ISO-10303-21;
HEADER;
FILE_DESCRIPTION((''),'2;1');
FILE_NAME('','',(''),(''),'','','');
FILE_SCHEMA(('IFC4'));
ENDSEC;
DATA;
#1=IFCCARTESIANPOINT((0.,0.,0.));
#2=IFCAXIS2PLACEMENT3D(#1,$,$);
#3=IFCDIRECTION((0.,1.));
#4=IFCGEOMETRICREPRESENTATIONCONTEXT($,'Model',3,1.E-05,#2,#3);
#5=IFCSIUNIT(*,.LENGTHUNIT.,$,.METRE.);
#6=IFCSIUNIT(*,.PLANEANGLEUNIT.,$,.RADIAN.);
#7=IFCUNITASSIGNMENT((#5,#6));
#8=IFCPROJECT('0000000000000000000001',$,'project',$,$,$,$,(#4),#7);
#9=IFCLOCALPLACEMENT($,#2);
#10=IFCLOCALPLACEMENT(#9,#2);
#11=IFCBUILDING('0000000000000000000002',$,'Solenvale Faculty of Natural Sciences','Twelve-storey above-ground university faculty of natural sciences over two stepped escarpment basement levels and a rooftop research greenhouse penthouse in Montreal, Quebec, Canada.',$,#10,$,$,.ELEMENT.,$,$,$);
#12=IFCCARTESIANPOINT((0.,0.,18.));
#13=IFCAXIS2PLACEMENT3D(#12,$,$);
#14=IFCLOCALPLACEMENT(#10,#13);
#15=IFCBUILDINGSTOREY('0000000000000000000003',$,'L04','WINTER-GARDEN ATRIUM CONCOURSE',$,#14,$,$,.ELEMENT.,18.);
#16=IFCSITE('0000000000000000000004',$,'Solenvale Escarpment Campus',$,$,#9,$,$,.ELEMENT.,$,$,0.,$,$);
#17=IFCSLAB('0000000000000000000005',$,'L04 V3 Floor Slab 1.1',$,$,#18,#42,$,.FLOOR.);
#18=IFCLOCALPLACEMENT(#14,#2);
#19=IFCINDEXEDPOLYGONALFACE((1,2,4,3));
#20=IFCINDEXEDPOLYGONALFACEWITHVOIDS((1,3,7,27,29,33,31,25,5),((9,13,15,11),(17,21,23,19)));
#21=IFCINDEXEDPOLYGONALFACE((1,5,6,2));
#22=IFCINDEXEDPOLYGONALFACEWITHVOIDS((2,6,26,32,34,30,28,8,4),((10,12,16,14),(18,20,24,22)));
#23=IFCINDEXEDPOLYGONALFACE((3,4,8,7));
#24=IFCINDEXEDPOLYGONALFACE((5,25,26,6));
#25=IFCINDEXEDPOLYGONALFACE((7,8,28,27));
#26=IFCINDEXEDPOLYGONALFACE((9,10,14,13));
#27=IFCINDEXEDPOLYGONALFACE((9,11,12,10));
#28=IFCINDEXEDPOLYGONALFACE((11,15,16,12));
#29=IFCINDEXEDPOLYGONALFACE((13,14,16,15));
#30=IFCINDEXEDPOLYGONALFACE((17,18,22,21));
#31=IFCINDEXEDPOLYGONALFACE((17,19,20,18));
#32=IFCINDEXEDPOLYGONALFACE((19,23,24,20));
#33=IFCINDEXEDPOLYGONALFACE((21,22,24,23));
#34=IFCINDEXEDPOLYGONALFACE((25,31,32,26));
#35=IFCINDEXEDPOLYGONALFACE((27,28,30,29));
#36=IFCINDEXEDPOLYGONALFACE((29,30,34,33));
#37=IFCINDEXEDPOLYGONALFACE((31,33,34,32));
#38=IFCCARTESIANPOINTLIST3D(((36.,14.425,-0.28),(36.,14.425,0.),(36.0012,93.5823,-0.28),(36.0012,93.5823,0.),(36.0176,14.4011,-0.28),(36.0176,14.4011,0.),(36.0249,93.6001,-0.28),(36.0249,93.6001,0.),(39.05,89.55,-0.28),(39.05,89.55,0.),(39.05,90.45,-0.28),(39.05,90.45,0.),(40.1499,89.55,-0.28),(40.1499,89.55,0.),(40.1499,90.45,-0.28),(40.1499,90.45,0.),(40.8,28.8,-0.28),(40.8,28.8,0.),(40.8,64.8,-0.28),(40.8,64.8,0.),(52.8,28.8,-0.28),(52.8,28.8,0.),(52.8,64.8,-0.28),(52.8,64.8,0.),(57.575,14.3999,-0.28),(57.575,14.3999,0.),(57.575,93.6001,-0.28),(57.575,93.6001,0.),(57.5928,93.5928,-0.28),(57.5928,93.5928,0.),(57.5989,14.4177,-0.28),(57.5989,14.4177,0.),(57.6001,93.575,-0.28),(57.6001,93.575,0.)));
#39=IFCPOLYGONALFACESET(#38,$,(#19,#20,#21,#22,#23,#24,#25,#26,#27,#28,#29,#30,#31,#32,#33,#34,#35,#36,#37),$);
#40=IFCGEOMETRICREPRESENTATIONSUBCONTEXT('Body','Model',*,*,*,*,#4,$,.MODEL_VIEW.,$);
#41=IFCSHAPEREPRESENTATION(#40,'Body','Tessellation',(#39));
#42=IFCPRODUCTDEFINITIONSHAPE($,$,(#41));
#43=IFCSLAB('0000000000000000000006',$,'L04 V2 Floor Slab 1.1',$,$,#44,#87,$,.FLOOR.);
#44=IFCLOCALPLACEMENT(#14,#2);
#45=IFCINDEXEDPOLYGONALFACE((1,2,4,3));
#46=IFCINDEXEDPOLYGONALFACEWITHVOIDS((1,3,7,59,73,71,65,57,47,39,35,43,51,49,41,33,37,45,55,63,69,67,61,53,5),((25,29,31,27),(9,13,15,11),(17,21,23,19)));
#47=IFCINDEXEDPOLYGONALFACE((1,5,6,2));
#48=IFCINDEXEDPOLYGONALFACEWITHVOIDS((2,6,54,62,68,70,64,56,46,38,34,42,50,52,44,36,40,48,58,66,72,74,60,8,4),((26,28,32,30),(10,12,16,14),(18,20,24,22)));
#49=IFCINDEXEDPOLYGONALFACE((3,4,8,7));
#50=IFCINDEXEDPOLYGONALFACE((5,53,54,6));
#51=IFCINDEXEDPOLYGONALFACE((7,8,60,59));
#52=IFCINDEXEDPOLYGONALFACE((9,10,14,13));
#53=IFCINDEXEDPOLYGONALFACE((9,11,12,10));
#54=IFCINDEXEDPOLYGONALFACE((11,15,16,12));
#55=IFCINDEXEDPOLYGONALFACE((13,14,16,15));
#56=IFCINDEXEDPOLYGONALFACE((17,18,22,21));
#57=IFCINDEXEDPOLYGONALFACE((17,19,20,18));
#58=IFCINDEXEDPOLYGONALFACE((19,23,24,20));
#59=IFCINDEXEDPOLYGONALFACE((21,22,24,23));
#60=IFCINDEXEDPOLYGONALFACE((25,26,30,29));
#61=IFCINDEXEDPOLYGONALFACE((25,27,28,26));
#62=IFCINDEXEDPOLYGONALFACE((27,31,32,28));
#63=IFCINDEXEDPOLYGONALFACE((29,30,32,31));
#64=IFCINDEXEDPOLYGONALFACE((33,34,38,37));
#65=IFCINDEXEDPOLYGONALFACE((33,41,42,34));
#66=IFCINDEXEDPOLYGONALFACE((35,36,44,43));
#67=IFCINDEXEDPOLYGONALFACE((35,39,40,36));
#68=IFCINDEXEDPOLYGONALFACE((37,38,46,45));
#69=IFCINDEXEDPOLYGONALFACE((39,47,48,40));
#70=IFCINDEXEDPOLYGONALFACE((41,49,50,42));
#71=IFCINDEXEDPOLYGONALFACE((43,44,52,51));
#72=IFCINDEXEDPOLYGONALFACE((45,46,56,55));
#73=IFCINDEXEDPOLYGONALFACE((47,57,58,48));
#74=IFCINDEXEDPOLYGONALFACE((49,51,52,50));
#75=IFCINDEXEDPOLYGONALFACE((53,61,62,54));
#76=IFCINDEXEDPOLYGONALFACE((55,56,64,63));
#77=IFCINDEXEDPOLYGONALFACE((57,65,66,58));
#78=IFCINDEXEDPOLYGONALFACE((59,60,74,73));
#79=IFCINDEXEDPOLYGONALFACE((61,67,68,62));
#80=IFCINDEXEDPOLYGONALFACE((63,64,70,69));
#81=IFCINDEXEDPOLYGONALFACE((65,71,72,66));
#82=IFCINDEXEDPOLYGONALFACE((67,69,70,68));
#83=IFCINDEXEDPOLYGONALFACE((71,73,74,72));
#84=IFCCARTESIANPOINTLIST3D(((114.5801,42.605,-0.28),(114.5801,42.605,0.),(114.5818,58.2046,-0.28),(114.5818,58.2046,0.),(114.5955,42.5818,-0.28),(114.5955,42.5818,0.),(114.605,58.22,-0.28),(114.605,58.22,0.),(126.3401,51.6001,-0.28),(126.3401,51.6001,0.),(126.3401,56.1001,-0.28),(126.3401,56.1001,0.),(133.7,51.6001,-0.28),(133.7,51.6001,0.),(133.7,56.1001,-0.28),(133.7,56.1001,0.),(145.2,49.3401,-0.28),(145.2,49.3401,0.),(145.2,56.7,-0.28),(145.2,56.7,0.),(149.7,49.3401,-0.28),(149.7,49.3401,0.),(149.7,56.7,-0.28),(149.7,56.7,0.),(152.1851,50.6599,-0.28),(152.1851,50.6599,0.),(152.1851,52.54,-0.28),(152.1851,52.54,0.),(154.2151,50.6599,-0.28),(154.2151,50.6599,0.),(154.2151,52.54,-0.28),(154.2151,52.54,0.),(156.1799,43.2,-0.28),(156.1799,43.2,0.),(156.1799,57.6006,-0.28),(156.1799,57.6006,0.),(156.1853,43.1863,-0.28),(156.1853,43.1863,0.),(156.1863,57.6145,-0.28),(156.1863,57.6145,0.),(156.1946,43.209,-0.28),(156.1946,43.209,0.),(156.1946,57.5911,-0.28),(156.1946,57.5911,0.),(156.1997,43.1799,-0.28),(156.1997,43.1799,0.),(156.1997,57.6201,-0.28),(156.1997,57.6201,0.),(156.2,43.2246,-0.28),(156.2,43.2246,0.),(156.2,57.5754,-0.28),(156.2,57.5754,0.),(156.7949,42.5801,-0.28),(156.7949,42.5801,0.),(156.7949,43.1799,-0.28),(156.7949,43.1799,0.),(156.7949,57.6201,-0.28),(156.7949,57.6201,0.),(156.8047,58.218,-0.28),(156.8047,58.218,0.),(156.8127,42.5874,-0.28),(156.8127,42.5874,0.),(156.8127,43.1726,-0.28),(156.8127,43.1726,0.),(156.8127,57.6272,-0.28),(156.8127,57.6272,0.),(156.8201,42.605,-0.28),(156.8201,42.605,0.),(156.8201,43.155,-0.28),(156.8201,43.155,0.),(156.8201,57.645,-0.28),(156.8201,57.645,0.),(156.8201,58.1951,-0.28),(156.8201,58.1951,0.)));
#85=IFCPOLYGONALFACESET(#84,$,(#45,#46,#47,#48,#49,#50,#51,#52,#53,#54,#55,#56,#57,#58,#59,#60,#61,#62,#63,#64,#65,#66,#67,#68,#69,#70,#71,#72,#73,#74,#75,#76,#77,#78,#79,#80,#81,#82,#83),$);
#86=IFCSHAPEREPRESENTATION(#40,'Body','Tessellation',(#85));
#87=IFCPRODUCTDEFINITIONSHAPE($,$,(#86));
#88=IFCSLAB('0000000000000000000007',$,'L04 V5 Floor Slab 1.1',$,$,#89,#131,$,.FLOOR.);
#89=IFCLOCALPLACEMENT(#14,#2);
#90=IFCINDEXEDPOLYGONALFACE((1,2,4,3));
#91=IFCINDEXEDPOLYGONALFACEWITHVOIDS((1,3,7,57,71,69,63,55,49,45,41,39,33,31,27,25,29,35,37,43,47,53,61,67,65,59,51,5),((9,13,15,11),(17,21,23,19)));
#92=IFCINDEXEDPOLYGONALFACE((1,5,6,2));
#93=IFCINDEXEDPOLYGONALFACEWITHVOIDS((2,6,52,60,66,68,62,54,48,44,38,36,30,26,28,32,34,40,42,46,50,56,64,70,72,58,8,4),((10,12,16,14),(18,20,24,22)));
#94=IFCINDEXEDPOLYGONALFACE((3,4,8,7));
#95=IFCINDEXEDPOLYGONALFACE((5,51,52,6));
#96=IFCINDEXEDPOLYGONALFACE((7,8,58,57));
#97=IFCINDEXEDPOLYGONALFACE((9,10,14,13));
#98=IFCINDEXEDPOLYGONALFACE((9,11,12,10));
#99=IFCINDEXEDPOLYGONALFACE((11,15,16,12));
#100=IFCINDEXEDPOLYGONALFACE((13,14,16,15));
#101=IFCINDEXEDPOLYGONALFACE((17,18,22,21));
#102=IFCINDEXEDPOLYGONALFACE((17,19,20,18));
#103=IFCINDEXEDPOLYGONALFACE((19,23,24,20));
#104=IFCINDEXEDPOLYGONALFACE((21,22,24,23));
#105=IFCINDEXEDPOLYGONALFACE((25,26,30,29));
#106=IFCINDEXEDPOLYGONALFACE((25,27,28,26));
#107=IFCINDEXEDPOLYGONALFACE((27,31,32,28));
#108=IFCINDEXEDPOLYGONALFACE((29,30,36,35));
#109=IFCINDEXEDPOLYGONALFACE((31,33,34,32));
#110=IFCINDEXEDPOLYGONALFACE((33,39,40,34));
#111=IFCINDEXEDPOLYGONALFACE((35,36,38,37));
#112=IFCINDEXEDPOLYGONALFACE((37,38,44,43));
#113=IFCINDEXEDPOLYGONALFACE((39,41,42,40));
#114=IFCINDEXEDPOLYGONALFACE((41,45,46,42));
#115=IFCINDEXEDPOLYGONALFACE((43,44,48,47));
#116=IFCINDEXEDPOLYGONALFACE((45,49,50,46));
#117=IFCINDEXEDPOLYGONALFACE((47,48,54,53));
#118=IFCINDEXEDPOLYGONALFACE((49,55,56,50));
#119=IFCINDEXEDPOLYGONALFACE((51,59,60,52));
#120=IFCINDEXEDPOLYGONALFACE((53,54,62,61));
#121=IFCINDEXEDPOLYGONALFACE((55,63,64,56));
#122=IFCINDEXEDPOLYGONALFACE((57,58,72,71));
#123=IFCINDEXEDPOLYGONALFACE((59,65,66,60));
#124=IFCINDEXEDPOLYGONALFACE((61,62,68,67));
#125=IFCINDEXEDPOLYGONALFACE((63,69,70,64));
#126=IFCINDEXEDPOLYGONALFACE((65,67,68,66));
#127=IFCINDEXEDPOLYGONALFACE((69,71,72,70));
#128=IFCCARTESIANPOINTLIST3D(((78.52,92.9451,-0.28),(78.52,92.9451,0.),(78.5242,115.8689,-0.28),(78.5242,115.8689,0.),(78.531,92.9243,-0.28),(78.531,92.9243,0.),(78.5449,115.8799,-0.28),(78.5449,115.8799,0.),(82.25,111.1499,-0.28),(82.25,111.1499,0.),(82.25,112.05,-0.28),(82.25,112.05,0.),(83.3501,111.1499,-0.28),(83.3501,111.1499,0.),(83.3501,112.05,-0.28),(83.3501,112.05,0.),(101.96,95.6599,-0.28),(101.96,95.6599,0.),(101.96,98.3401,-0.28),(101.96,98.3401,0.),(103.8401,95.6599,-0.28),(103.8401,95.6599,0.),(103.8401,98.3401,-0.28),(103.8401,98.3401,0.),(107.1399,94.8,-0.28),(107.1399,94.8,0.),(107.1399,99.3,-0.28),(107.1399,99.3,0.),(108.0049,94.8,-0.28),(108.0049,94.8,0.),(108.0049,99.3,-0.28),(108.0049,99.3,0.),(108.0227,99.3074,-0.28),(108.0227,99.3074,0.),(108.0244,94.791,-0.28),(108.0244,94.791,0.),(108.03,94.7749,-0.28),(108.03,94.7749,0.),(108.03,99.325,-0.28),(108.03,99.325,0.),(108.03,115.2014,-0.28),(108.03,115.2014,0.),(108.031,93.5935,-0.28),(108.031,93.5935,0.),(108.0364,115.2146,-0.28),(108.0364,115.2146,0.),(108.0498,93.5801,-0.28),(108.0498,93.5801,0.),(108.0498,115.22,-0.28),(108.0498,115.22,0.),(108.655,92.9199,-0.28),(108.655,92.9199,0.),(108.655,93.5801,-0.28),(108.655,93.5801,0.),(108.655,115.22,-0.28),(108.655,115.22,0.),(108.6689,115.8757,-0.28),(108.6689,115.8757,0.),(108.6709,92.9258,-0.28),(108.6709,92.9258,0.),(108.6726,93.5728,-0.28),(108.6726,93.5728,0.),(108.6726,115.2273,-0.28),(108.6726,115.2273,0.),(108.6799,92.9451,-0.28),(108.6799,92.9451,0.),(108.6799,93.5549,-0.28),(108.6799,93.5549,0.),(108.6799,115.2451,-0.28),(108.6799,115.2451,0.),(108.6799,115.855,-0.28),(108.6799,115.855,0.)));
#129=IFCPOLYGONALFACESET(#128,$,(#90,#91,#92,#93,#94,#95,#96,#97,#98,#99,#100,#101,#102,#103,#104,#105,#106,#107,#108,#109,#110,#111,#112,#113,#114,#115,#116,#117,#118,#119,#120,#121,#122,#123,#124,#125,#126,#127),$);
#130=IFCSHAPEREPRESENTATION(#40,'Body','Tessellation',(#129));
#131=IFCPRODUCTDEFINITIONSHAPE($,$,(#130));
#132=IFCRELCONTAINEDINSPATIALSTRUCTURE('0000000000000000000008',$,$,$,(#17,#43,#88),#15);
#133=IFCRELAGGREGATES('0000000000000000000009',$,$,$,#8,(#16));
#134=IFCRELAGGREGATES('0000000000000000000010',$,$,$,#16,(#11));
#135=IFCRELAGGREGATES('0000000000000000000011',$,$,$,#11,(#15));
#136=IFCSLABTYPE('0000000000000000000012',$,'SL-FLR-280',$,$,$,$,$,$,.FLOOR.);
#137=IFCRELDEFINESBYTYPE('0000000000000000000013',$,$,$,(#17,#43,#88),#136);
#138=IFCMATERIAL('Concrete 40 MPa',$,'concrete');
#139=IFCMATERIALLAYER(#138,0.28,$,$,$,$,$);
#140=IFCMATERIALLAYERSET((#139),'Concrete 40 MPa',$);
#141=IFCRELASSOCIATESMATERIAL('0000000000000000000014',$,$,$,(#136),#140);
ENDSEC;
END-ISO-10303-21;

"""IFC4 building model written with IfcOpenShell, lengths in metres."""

from ifc_helpers import new_model, si_unit, direction, frame, origin, place, context, subcontext, project, spatial, polyline, outline, extrude, material, layer, layer_set, type_object, element, save


model = new_model("IFC4")

# Units and contexts
model_context = context("Model", 3, precision=1e-05, world=origin(), true_north=direction((0.0, 1.0)))
body_context = subcontext(model_context, "Body", "Model", "MODEL_VIEW")
ifc_project = project(units=[si_unit("LENGTHUNIT", "METRE"), si_unit("PLANEANGLEUNIT", "RADIAN")], contexts=[model_context])

# Site, building, storey
site_placement = place(None, origin())
site = spatial("IfcSite", under=ifc_project, at=site_placement, Name="Solenvale Escarpment Campus", CompositionType="ELEMENT", RefElevation=0.0)
building_placement = place(site_placement, origin())
building = spatial("IfcBuilding", under=site, at=building_placement, Name="Solenvale Faculty of Natural Sciences", Description="Twelve-storey above-ground university faculty of natural sciences over two stepped escarpment basement levels and a rooftop research greenhouse penthouse in Montreal, Quebec, Canada.", CompositionType="ELEMENT")
storey_placement = place(building_placement, frame((0.0, 0.0, 18.0)))
storey = spatial("IfcBuildingStorey", under=building, at=storey_placement, Name="L04", Description="WINTER-GARDEN ATRIUM CONCOURSE", CompositionType="ELEMENT", Elevation=18.0)

# Slabs
ifc_material_1 = material(Name="Concrete 40 MPa", Category="concrete")
ifc_layer_1 = layer(ifc_material_1, 0.28)
ifc_layer_set_1 = layer_set([ifc_layer_1], Name="Concrete 40 MPa")
slab_type_1 = type_object("IfcSlabType", Name="SL-FLR-280", PredefinedType="FLOOR", material=ifc_layer_set_1)
slab_1_placement = place(storey_placement, frame((0.0, 0.0, -0.28)))
element("IfcSlab", 1, at=slab_1_placement, inside=storey, type_object=slab_type_1, Name="L04 V3 Floor Slab 1.1", PredefinedType="FLOOR", context=body_context, shape_type="SweptSolid", body=[
    extrude(outline(polyline([(57.575, 93.6001), (57.5928, 93.5928), (57.6001, 93.575), (57.5989, 14.4177), (57.575, 14.3999), (36.0176, 14.4011), (36.0, 14.425), (36.0012, 93.5823), (36.0249, 93.6001), (57.575, 93.6001)]), holes=[polyline([(40.8, 28.8), (52.8, 28.8), (52.8, 64.8), (40.8, 64.8), (40.8, 28.8)]), polyline([(39.05, 89.55), (40.1499, 89.55), (40.1499, 90.45), (39.05, 90.45), (39.05, 89.55)])]), origin(), (0.0, 0.0, 1.0), 0.28),
])
slab_2_placement = place(storey_placement, frame((0.0, 0.0, -0.28)))
element("IfcSlab", 2, at=slab_2_placement, inside=storey, type_object=slab_type_1, Name="L04 V2 Floor Slab 1.1", PredefinedType="FLOOR", context=body_context, shape_type="SweptSolid", body=[
    extrude(outline(polyline([(156.1799, 43.2), (156.1853, 43.1863), (156.1997, 43.1799), (156.7949, 43.1799), (156.8127, 43.1726), (156.8201, 43.155), (156.8201, 42.605), (156.8127, 42.5874), (156.7949, 42.5801), (114.5955, 42.5818), (114.5801, 42.605), (114.5818, 58.2046), (114.605, 58.22), (156.8047, 58.218), (156.8201, 58.1951), (156.8201, 57.645), (156.8127, 57.6272), (156.7949, 57.6201), (156.1997, 57.6201), (156.1863, 57.6145), (156.1799, 57.6006), (156.1946, 57.5911), (156.2, 57.5754), (156.2, 43.2246), (156.1946, 43.209), (156.1799, 43.2)]), holes=[polyline([(152.1851, 50.6599), (154.2151, 50.6599), (154.2151, 52.54), (152.1851, 52.54), (152.1851, 50.6599)]), polyline([(145.2, 49.3401), (149.7, 49.3401), (149.7, 56.7), (145.2, 56.7), (145.2, 49.3401)]), polyline([(126.3401, 51.6001), (133.7, 51.6001), (133.7, 56.1001), (126.3401, 56.1001), (126.3401, 51.6001)])]), origin(), (0.0, 0.0, 1.0), 0.28),
])
slab_3_placement = place(storey_placement, frame((0.0, 0.0, -0.28)))
element("IfcSlab", 3, at=slab_3_placement, inside=storey, type_object=slab_type_1, Name="L04 V5 Floor Slab 1.1", PredefinedType="FLOOR", context=body_context, shape_type="SweptSolid", body=[
    extrude(outline(polyline([(107.1399, 94.8), (108.0049, 94.8), (108.0244, 94.791), (108.03, 94.7749), (108.031, 93.5935), (108.0498, 93.5801), (108.655, 93.5801), (108.6726, 93.5728), (108.6799, 93.5549), (108.6799, 92.9451), (108.6709, 92.9258), (108.655, 92.9199), (78.531, 92.9243), (78.52, 92.9451), (78.5242, 115.8689), (78.5449, 115.8799), (108.6689, 115.8757), (108.6799, 115.855), (108.6799, 115.2451), (108.6726, 115.2273), (108.655, 115.22), (108.0498, 115.22), (108.0364, 115.2146), (108.03, 115.2014), (108.03, 99.325), (108.0227, 99.3074), (108.0049, 99.3), (107.1399, 99.3), (107.1399, 94.8)]), holes=[polyline([(101.96, 95.6599), (103.8401, 95.6599), (103.8401, 98.3401), (101.96, 98.3401), (101.96, 95.6599)]), polyline([(82.25, 111.1499), (83.3501, 111.1499), (83.3501, 112.05), (82.25, 112.05), (82.25, 111.1499)])]), origin(), (0.0, 0.0, 1.0), 0.28),
])

save(model, "model.ifc")
